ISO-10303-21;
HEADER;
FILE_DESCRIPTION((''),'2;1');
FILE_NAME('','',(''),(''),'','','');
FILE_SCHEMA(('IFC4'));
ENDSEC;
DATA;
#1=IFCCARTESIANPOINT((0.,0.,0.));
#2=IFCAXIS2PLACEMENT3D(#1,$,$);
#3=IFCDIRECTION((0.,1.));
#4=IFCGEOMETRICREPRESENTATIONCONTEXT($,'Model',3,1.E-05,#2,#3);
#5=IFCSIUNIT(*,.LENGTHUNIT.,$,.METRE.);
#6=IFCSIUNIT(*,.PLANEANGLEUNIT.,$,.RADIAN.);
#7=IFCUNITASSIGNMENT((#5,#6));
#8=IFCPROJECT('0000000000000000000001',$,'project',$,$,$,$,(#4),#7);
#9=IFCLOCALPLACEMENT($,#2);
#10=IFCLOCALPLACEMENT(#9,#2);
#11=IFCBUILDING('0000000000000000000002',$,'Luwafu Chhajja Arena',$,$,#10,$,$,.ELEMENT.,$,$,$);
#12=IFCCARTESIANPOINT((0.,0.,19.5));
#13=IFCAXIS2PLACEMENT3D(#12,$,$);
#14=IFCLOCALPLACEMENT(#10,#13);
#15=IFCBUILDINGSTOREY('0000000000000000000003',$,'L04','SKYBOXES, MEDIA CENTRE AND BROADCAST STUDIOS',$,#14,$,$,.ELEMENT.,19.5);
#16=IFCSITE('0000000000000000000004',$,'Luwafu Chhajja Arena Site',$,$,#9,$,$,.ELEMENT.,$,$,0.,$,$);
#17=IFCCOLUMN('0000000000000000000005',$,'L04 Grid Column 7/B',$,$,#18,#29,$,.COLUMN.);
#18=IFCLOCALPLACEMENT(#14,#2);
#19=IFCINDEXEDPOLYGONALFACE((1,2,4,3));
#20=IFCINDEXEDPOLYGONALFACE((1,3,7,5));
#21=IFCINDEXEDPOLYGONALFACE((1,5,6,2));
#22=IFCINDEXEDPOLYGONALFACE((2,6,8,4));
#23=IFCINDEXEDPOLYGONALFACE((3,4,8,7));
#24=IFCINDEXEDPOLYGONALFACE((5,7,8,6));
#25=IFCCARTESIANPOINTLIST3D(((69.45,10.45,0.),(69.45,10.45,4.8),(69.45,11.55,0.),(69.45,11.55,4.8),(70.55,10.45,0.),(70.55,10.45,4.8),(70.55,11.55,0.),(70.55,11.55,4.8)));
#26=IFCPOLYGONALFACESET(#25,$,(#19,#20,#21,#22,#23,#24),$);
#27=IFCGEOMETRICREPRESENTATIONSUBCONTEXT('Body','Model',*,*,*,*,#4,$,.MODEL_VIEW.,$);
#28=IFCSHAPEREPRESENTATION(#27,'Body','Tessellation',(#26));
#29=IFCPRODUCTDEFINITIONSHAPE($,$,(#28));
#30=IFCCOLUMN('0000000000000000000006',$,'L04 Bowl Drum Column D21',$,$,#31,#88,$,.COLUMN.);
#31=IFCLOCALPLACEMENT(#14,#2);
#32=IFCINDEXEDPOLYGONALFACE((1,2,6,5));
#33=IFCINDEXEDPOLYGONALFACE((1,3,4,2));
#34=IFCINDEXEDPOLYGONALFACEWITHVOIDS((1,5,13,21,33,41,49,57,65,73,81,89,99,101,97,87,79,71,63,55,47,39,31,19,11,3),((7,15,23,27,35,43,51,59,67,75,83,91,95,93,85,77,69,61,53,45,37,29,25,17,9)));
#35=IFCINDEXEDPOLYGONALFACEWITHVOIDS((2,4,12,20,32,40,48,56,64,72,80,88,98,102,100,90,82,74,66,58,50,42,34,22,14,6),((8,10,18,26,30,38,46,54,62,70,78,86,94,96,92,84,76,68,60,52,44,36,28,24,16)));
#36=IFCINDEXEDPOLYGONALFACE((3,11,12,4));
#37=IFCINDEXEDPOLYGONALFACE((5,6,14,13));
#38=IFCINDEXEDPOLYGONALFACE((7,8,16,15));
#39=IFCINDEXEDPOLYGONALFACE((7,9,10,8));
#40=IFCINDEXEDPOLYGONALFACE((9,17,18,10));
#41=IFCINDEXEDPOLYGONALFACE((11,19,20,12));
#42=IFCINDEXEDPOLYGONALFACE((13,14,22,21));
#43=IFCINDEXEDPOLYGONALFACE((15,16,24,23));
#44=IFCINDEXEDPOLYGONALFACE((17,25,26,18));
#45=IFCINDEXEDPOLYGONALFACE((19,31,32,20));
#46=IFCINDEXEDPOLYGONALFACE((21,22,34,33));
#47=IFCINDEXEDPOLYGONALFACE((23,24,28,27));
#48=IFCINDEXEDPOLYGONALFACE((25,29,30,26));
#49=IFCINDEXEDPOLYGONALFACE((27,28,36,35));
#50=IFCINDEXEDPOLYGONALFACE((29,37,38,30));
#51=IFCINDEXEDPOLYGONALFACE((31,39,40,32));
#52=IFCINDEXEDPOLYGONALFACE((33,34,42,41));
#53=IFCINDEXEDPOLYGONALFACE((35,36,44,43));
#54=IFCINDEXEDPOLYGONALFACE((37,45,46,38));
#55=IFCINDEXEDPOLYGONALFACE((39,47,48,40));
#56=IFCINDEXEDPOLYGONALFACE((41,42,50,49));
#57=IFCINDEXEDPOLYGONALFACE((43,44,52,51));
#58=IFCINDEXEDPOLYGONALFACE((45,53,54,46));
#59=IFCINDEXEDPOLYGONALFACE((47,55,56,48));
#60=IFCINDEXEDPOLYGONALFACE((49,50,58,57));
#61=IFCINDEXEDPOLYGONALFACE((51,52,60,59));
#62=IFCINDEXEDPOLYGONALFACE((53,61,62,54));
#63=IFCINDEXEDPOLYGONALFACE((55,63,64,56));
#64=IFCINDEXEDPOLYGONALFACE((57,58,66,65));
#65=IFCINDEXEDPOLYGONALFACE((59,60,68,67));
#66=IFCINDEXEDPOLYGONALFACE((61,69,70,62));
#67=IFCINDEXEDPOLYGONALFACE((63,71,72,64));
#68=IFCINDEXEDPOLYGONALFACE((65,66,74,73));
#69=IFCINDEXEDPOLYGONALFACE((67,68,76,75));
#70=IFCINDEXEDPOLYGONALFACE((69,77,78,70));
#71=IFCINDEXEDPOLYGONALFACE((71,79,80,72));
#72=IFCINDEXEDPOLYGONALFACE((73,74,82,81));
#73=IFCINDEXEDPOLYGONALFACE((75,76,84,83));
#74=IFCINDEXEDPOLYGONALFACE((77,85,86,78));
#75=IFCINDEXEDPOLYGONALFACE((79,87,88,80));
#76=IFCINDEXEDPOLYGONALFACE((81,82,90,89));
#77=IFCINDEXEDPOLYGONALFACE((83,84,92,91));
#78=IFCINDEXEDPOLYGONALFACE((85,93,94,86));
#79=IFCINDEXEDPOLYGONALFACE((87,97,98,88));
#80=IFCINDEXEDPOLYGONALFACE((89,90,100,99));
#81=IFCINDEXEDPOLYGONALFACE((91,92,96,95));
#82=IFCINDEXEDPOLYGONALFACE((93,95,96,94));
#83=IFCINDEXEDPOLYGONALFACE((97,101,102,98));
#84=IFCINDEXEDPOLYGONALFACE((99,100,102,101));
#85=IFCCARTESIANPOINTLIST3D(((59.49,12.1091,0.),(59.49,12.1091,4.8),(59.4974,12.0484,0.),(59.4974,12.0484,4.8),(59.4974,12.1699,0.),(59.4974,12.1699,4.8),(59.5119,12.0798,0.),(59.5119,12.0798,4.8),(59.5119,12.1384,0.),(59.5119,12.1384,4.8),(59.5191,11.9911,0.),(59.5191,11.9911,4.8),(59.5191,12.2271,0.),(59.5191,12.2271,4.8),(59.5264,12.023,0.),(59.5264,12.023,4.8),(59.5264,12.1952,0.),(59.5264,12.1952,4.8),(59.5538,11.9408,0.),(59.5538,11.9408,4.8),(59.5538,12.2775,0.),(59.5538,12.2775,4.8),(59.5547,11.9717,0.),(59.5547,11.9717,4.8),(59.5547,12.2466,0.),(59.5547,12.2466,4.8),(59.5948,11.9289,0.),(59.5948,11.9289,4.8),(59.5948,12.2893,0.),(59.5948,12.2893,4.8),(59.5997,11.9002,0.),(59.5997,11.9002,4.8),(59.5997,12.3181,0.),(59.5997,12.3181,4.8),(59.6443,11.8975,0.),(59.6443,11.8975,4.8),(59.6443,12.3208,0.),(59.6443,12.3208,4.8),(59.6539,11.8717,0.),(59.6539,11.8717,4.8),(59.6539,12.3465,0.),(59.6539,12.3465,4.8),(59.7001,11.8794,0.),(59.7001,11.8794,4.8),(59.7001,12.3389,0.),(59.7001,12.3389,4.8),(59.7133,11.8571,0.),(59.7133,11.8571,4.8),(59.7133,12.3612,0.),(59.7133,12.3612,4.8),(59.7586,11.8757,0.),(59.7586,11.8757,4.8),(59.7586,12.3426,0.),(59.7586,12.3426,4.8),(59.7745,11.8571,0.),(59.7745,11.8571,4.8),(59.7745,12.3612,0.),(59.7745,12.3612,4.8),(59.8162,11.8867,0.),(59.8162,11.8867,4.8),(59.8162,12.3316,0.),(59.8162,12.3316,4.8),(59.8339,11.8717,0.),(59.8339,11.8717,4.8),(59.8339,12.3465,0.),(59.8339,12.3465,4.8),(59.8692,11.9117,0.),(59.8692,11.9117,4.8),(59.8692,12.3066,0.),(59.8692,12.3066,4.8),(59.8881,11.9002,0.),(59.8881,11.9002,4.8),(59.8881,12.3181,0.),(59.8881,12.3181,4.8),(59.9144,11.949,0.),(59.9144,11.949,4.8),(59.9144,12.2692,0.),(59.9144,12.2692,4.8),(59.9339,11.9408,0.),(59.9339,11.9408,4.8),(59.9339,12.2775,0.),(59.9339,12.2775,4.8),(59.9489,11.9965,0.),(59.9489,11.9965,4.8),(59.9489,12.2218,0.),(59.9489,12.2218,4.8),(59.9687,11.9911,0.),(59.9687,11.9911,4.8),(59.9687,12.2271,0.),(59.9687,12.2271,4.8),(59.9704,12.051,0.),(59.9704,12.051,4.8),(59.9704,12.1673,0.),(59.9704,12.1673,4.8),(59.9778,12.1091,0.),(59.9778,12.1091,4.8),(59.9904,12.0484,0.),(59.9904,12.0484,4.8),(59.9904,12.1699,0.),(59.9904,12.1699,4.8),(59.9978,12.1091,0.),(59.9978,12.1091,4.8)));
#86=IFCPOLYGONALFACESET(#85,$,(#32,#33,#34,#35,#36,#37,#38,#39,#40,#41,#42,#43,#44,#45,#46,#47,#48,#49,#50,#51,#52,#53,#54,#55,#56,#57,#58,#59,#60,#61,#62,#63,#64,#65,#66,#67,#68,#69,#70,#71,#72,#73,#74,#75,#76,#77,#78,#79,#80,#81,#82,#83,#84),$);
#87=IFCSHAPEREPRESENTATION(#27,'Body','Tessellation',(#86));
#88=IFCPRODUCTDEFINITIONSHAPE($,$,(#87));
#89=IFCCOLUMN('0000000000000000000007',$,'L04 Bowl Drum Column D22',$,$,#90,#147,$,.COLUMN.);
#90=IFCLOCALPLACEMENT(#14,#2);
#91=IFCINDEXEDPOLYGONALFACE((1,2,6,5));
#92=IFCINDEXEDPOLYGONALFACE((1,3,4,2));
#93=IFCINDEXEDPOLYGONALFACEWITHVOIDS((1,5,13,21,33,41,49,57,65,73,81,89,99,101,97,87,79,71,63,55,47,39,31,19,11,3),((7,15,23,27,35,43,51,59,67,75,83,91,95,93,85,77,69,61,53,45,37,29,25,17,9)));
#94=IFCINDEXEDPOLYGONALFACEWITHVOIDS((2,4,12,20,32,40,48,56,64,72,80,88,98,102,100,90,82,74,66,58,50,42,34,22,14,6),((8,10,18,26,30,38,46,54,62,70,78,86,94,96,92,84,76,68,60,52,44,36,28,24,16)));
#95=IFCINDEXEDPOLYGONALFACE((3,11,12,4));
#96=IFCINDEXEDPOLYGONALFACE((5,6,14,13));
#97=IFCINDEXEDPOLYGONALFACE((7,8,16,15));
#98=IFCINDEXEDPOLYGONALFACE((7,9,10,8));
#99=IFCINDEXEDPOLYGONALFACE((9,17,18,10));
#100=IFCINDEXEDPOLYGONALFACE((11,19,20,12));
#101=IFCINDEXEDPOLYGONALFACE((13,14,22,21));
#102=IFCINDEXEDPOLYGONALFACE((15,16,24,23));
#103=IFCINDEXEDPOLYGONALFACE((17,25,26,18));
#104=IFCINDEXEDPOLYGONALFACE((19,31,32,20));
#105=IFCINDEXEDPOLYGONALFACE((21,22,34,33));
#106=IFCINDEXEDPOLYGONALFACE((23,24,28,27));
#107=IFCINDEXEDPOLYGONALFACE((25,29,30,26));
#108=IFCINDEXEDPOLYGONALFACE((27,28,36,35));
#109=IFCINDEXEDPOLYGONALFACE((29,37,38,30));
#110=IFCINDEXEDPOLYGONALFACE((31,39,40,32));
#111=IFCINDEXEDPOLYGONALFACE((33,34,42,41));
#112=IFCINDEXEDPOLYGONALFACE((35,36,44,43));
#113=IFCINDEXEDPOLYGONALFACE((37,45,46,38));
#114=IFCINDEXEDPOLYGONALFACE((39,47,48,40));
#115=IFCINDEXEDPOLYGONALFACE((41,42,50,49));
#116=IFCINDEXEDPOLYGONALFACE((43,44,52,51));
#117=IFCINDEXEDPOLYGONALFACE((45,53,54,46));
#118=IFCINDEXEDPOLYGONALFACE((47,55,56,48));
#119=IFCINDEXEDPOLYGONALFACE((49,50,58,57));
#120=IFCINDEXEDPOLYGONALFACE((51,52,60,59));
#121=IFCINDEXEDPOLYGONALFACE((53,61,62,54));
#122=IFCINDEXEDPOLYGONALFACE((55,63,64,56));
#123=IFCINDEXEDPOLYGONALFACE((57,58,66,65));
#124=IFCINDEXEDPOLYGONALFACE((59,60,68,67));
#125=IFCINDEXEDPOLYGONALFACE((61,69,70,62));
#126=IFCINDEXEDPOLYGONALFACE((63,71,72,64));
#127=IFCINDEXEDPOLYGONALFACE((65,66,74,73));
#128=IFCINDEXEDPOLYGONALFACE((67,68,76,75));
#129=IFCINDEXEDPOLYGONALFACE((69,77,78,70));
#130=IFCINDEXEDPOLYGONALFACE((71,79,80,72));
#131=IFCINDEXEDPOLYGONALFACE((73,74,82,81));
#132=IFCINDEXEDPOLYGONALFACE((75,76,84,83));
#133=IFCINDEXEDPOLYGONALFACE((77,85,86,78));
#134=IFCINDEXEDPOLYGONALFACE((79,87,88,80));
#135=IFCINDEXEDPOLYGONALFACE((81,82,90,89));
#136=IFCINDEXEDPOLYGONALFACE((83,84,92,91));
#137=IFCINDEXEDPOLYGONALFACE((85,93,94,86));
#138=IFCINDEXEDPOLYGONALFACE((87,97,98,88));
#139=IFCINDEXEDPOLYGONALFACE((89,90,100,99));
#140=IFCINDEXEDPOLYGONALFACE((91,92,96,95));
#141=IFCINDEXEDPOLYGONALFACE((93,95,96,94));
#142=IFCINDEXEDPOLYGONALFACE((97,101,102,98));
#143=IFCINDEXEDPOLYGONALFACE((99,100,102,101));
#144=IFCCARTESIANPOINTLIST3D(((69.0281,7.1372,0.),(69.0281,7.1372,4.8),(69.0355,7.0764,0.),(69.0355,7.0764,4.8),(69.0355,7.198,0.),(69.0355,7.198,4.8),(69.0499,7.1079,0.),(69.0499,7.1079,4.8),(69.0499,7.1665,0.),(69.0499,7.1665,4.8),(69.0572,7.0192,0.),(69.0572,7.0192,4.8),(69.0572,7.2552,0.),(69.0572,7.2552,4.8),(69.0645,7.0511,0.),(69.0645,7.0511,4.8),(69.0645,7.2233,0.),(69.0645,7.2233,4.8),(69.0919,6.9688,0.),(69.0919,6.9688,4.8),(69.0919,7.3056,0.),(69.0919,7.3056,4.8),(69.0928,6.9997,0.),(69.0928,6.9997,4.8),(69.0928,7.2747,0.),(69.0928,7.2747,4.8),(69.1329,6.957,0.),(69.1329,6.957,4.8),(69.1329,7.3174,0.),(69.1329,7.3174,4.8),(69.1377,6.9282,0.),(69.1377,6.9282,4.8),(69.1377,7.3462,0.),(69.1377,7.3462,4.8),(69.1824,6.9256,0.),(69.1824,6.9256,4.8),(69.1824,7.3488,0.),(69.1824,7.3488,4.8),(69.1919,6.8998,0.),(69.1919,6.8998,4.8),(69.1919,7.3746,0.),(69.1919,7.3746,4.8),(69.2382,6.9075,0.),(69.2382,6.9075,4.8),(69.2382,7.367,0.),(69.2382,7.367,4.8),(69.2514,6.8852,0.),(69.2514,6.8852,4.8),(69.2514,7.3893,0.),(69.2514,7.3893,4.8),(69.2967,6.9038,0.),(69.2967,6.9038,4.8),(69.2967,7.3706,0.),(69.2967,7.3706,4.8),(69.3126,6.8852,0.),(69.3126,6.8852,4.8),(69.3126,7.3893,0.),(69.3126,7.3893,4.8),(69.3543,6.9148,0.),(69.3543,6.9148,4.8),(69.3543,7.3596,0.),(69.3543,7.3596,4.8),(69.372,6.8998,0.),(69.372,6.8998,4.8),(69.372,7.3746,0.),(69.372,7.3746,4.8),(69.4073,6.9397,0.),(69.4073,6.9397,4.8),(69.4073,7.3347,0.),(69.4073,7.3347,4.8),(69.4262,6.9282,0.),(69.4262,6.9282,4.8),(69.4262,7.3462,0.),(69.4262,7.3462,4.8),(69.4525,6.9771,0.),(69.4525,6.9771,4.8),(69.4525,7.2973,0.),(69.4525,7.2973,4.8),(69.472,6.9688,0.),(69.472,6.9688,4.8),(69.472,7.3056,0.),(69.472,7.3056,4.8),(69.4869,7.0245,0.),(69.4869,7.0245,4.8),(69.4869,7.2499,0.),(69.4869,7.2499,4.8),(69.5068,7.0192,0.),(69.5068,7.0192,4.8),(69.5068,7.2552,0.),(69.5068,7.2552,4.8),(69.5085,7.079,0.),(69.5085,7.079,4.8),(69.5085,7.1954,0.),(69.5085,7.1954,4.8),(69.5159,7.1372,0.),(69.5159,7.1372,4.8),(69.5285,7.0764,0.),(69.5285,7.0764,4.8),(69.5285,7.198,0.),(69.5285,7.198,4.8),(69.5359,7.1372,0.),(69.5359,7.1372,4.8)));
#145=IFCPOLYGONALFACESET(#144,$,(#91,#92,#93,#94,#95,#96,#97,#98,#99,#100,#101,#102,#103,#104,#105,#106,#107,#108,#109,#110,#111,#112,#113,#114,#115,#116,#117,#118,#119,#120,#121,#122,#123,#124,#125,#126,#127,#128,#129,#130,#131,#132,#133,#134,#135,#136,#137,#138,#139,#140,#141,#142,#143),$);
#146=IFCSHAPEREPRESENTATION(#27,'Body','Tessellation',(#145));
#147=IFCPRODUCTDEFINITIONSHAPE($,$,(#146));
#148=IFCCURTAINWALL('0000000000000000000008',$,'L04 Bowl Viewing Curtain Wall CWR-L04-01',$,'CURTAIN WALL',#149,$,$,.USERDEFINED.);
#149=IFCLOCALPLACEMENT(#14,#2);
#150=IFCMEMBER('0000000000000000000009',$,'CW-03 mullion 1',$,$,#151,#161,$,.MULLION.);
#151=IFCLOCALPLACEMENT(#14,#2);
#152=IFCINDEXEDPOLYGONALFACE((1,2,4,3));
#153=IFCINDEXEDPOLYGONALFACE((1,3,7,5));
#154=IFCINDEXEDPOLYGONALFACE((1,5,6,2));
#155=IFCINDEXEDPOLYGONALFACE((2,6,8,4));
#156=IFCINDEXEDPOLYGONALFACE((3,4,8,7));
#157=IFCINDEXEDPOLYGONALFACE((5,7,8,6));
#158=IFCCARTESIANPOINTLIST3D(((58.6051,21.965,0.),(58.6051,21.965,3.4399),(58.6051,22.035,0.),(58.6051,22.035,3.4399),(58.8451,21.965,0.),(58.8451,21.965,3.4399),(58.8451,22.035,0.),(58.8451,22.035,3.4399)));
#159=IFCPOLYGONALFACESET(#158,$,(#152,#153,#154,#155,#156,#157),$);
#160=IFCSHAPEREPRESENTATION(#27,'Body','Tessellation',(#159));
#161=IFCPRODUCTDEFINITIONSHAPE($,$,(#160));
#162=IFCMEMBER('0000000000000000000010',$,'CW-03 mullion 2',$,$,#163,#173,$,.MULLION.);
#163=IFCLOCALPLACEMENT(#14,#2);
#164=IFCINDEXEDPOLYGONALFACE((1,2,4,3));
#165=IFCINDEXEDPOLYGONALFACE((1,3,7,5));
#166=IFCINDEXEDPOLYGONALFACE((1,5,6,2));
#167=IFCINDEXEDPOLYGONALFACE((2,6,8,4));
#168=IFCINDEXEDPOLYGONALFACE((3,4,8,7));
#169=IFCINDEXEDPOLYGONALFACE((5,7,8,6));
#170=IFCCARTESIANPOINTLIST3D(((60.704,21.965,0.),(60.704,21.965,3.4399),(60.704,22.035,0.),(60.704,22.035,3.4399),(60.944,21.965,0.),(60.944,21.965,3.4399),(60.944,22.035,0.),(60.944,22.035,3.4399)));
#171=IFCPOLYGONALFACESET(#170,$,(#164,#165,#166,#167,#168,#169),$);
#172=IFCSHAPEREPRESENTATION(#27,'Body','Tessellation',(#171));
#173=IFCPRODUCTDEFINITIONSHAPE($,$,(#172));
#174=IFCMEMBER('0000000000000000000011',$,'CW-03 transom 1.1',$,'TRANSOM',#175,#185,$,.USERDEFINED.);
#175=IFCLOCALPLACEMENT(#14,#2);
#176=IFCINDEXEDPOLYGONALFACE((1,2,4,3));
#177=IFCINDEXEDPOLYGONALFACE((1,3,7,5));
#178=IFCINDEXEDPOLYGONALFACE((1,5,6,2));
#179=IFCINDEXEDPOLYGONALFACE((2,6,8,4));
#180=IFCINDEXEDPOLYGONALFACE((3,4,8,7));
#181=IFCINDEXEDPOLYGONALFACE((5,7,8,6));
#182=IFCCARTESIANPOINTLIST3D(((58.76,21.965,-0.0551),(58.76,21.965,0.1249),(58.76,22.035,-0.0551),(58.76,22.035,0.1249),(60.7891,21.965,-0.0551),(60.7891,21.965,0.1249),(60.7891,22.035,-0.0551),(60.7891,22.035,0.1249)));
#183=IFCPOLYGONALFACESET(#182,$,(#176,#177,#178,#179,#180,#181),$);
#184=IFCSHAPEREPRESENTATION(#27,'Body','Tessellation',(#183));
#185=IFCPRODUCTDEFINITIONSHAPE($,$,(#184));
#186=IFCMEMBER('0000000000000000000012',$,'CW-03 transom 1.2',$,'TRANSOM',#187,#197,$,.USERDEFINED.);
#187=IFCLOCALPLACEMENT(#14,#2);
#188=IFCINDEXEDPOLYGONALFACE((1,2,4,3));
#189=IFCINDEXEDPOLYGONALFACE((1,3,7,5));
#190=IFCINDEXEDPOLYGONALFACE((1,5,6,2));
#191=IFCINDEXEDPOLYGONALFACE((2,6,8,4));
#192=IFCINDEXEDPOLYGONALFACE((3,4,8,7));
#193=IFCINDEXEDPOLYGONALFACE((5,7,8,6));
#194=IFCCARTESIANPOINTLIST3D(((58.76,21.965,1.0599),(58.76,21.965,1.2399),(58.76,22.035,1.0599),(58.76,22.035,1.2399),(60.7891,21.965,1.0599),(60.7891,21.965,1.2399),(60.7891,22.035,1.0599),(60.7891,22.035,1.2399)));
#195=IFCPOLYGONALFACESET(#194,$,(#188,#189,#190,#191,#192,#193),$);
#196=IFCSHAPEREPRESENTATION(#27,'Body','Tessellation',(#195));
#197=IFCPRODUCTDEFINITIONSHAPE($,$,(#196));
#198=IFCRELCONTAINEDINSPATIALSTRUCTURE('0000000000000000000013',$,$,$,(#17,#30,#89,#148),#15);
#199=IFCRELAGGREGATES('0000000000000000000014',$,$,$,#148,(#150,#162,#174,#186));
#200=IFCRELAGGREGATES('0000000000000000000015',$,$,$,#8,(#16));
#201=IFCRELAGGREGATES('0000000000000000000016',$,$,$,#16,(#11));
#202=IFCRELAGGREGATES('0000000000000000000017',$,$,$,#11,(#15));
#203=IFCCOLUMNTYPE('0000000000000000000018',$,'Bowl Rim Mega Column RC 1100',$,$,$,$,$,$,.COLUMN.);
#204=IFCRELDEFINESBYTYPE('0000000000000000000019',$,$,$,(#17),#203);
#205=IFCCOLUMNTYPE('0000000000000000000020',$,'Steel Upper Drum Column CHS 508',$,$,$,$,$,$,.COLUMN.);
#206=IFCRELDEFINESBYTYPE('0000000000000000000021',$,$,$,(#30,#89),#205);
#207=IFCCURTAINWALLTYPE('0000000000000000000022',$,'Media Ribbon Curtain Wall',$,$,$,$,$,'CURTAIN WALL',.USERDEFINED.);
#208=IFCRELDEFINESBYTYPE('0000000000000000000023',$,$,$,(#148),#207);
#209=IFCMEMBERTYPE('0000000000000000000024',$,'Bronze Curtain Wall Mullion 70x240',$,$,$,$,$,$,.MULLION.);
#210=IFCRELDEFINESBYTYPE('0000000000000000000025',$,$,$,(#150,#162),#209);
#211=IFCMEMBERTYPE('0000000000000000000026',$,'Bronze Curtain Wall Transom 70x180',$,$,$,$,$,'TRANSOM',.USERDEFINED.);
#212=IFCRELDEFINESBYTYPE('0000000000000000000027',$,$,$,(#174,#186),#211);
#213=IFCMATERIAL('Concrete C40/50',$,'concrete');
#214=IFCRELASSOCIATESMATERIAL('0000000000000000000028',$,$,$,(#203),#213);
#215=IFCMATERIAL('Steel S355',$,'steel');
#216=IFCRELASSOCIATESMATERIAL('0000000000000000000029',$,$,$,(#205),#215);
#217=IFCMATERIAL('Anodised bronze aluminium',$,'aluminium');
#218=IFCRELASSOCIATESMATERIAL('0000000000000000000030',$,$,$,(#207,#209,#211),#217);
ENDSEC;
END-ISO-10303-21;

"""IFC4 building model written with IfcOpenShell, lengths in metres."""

from ifc_helpers import new_model, si_unit, direction, frame, origin, origin_2d, place, context, subcontext, project, spatial, rectangle, hollow_circle, extrude, material, material_profile, profile_set, type_object, element, aggregate, save


model = new_model("IFC4")

# Units and contexts
model_context = context("Model", 3, precision=1e-05, world=origin(), true_north=direction((0.0, 1.0)))
body_context = subcontext(model_context, "Body", "Model", "MODEL_VIEW")
ifc_project = project(units=[si_unit("LENGTHUNIT", "METRE"), si_unit("PLANEANGLEUNIT", "RADIAN")], contexts=[model_context])

# Site, building, storey
site_placement = place(None, origin())
site = spatial("IfcSite", under=ifc_project, at=site_placement, Name="Luwafu Chhajja Arena Site", CompositionType="ELEMENT", RefElevation=0.0)
building_placement = place(site_placement, origin())
building = spatial("IfcBuilding", under=site, at=building_placement, Name="Luwafu Chhajja Arena", CompositionType="ELEMENT")
storey_placement = place(building_placement, frame((0.0, 0.0, 19.5)))
storey = spatial("IfcBuildingStorey", under=building, at=storey_placement, Name="L04", Description="SKYBOXES, MEDIA CENTRE AND BROADCAST STUDIOS", CompositionType="ELEMENT", Elevation=19.5)

# Columns
ifc_material_1 = material(Name="Concrete C40/50", Category="concrete")
ifc_material_profile_1 = material_profile(ifc_material_1, rectangle(XDim=1.1001, YDim=1.1001, at=origin_2d()), Name="RC 1100x1100")
ifc_profile_set_1 = profile_set([ifc_material_profile_1], Name="Concrete C40/50")
column_type_1 = type_object("IfcColumnType", Name="Bowl Rim Mega Column RC 1100", PredefinedType="COLUMN", material=ifc_profile_set_1)
column_placement = place(storey_placement, frame((70.0, 11.0, 0.0), z_axis=(0.0, 0.0, 1.0), x_axis=(1.0, 0.0, 0.0)))
element("IfcColumn", 1, at=column_placement, inside=storey, type_object=column_type_1, Name="L04 Grid Column 7/B", PredefinedType="COLUMN", context=body_context, shape_type="SweptSolid", body=[
    extrude(rectangle(XDim=1.1001, YDim=1.1001, at=origin_2d()), origin(), (0.0, 0.0, 1.0), 4.8),
])
ifc_material_2 = material(Name="Steel S355", Category="steel")
ifc_material_profile_2 = material_profile(ifc_material_2, hollow_circle(Radius=0.2539, WallThickness=0.02, at=origin_2d()), Name="CHS 508x20")
ifc_profile_set_2 = profile_set([ifc_material_profile_2], Name="Steel S355")
column_type_2 = type_object("IfcColumnType", Name="Steel Upper Drum Column CHS 508", PredefinedType="COLUMN", material=ifc_profile_set_2)
for number, where, z_axis, x_axis, name in (
    (2, (59.7439, 12.1091, 0.0), (0.0, 0.0, 1.0), (1.0, 0.0, 0.0), "L04 Bowl Drum Column D21"),
    (3, (69.282, 7.1372, 0.0), (0.0, 0.0, 1.0), (1.0, 0.0, 0.0), "L04 Bowl Drum Column D22"),
):
    element("IfcColumn", number, at=place(storey_placement, frame(where, z_axis=z_axis, x_axis=x_axis)), inside=storey, type_object=column_type_2, Name=name, PredefinedType="COLUMN", context=body_context, shape_type="SweptSolid", body=[
        extrude(hollow_circle(Radius=0.2539, WallThickness=0.02, at=origin_2d()), origin(), (0.0, 0.0, 1.0), 4.8),
    ])

# Curtain wall, members
ifc_material_3 = material(Name="Anodised bronze aluminium", Category="aluminium")
curtain_wall_type = type_object("IfcCurtainWallType", Name="Media Ribbon Curtain Wall", ElementType="CURTAIN WALL", PredefinedType="USERDEFINED", material=ifc_material_3)
curtain_wall_placement = place(storey_placement, origin())
curtain_wall = element("IfcCurtainWall", 4, at=curtain_wall_placement, inside=storey, type_object=curtain_wall_type, Name="L04 Bowl Viewing Curtain Wall CWR-L04-01", ObjectType="CURTAIN WALL", PredefinedType="USERDEFINED")
ifc_material_profile_3 = material_profile(ifc_material_3, rectangle(XDim=0.0701, YDim=0.24, at=origin_2d()), Name="CWM 70x240")
ifc_profile_set_3 = profile_set([ifc_material_profile_3], Name="Anodised bronze aluminium")
member_type_1 = type_object("IfcMemberType", Name="Bronze Curtain Wall Mullion 70x240", PredefinedType="MULLION", material=ifc_profile_set_3)
member_1_placement = place(storey_placement, frame((58.7251, 22.0, 0.0), z_axis=(0.0, 0.0, 1.0), x_axis=(0.0, 1.0, 0.0)))
member_1 = element("IfcMember", 5, at=member_1_placement, type_object=member_type_1, Name="CW-03 mullion 1", PredefinedType="MULLION", context=body_context, shape_type="SweptSolid", body=[
    extrude(rectangle(XDim=0.0701, YDim=0.24, at=origin_2d()), origin(), (0.0, 0.0, 1.0), 3.4399),
])
member_2_placement = place(storey_placement, frame((60.824, 22.0, 0.0), z_axis=(0.0, 0.0, 1.0), x_axis=(0.0, 1.0, 0.0)))
member_2 = element("IfcMember", 6, at=member_2_placement, type_object=member_type_1, Name="CW-03 mullion 2", PredefinedType="MULLION", context=body_context, shape_type="SweptSolid", body=[
    extrude(rectangle(XDim=0.0701, YDim=0.24, at=origin_2d()), origin(), (0.0, 0.0, 1.0), 3.4399),
])
ifc_material_profile_4 = material_profile(ifc_material_3, rectangle(XDim=0.0701, YDim=0.1799, at=origin_2d()), Name="CWT 70x180")
ifc_profile_set_4 = profile_set([ifc_material_profile_4], Name="Anodised bronze aluminium")
member_type_2 = type_object("IfcMemberType", Name="Bronze Curtain Wall Transom 70x180", ElementType="TRANSOM", PredefinedType="USERDEFINED", material=ifc_profile_set_4)
member_3_placement = place(storey_placement, frame((58.76, 22.0, 0.0349), z_axis=(1.0, 0.0, 0.0), x_axis=(0.0, 1.0, 0.0)))
member_3 = element("IfcMember", 7, at=member_3_placement, type_object=member_type_2, Name="CW-03 transom 1.1", ObjectType="TRANSOM", PredefinedType="USERDEFINED", context=body_context, shape_type="SweptSolid", body=[
    extrude(rectangle(XDim=0.0701, YDim=0.1799, at=origin_2d()), origin(), (0.0, 0.0, 1.0), 2.0291),
])
member_4_placement = place(storey_placement, frame((58.76, 22.0, 1.1499), z_axis=(1.0, 0.0, 0.0), x_axis=(0.0, 1.0, 0.0)))
member_4 = element("IfcMember", 8, at=member_4_placement, type_object=member_type_2, Name="CW-03 transom 1.2", ObjectType="TRANSOM", PredefinedType="USERDEFINED", context=body_context, shape_type="SweptSolid", body=[
    extrude(rectangle(XDim=0.0701, YDim=0.1799, at=origin_2d()), origin(), (0.0, 0.0, 1.0), 2.0291),
])

aggregate(curtain_wall, [member_1, member_2, member_3, member_4])

save(model, "model.ifc")
